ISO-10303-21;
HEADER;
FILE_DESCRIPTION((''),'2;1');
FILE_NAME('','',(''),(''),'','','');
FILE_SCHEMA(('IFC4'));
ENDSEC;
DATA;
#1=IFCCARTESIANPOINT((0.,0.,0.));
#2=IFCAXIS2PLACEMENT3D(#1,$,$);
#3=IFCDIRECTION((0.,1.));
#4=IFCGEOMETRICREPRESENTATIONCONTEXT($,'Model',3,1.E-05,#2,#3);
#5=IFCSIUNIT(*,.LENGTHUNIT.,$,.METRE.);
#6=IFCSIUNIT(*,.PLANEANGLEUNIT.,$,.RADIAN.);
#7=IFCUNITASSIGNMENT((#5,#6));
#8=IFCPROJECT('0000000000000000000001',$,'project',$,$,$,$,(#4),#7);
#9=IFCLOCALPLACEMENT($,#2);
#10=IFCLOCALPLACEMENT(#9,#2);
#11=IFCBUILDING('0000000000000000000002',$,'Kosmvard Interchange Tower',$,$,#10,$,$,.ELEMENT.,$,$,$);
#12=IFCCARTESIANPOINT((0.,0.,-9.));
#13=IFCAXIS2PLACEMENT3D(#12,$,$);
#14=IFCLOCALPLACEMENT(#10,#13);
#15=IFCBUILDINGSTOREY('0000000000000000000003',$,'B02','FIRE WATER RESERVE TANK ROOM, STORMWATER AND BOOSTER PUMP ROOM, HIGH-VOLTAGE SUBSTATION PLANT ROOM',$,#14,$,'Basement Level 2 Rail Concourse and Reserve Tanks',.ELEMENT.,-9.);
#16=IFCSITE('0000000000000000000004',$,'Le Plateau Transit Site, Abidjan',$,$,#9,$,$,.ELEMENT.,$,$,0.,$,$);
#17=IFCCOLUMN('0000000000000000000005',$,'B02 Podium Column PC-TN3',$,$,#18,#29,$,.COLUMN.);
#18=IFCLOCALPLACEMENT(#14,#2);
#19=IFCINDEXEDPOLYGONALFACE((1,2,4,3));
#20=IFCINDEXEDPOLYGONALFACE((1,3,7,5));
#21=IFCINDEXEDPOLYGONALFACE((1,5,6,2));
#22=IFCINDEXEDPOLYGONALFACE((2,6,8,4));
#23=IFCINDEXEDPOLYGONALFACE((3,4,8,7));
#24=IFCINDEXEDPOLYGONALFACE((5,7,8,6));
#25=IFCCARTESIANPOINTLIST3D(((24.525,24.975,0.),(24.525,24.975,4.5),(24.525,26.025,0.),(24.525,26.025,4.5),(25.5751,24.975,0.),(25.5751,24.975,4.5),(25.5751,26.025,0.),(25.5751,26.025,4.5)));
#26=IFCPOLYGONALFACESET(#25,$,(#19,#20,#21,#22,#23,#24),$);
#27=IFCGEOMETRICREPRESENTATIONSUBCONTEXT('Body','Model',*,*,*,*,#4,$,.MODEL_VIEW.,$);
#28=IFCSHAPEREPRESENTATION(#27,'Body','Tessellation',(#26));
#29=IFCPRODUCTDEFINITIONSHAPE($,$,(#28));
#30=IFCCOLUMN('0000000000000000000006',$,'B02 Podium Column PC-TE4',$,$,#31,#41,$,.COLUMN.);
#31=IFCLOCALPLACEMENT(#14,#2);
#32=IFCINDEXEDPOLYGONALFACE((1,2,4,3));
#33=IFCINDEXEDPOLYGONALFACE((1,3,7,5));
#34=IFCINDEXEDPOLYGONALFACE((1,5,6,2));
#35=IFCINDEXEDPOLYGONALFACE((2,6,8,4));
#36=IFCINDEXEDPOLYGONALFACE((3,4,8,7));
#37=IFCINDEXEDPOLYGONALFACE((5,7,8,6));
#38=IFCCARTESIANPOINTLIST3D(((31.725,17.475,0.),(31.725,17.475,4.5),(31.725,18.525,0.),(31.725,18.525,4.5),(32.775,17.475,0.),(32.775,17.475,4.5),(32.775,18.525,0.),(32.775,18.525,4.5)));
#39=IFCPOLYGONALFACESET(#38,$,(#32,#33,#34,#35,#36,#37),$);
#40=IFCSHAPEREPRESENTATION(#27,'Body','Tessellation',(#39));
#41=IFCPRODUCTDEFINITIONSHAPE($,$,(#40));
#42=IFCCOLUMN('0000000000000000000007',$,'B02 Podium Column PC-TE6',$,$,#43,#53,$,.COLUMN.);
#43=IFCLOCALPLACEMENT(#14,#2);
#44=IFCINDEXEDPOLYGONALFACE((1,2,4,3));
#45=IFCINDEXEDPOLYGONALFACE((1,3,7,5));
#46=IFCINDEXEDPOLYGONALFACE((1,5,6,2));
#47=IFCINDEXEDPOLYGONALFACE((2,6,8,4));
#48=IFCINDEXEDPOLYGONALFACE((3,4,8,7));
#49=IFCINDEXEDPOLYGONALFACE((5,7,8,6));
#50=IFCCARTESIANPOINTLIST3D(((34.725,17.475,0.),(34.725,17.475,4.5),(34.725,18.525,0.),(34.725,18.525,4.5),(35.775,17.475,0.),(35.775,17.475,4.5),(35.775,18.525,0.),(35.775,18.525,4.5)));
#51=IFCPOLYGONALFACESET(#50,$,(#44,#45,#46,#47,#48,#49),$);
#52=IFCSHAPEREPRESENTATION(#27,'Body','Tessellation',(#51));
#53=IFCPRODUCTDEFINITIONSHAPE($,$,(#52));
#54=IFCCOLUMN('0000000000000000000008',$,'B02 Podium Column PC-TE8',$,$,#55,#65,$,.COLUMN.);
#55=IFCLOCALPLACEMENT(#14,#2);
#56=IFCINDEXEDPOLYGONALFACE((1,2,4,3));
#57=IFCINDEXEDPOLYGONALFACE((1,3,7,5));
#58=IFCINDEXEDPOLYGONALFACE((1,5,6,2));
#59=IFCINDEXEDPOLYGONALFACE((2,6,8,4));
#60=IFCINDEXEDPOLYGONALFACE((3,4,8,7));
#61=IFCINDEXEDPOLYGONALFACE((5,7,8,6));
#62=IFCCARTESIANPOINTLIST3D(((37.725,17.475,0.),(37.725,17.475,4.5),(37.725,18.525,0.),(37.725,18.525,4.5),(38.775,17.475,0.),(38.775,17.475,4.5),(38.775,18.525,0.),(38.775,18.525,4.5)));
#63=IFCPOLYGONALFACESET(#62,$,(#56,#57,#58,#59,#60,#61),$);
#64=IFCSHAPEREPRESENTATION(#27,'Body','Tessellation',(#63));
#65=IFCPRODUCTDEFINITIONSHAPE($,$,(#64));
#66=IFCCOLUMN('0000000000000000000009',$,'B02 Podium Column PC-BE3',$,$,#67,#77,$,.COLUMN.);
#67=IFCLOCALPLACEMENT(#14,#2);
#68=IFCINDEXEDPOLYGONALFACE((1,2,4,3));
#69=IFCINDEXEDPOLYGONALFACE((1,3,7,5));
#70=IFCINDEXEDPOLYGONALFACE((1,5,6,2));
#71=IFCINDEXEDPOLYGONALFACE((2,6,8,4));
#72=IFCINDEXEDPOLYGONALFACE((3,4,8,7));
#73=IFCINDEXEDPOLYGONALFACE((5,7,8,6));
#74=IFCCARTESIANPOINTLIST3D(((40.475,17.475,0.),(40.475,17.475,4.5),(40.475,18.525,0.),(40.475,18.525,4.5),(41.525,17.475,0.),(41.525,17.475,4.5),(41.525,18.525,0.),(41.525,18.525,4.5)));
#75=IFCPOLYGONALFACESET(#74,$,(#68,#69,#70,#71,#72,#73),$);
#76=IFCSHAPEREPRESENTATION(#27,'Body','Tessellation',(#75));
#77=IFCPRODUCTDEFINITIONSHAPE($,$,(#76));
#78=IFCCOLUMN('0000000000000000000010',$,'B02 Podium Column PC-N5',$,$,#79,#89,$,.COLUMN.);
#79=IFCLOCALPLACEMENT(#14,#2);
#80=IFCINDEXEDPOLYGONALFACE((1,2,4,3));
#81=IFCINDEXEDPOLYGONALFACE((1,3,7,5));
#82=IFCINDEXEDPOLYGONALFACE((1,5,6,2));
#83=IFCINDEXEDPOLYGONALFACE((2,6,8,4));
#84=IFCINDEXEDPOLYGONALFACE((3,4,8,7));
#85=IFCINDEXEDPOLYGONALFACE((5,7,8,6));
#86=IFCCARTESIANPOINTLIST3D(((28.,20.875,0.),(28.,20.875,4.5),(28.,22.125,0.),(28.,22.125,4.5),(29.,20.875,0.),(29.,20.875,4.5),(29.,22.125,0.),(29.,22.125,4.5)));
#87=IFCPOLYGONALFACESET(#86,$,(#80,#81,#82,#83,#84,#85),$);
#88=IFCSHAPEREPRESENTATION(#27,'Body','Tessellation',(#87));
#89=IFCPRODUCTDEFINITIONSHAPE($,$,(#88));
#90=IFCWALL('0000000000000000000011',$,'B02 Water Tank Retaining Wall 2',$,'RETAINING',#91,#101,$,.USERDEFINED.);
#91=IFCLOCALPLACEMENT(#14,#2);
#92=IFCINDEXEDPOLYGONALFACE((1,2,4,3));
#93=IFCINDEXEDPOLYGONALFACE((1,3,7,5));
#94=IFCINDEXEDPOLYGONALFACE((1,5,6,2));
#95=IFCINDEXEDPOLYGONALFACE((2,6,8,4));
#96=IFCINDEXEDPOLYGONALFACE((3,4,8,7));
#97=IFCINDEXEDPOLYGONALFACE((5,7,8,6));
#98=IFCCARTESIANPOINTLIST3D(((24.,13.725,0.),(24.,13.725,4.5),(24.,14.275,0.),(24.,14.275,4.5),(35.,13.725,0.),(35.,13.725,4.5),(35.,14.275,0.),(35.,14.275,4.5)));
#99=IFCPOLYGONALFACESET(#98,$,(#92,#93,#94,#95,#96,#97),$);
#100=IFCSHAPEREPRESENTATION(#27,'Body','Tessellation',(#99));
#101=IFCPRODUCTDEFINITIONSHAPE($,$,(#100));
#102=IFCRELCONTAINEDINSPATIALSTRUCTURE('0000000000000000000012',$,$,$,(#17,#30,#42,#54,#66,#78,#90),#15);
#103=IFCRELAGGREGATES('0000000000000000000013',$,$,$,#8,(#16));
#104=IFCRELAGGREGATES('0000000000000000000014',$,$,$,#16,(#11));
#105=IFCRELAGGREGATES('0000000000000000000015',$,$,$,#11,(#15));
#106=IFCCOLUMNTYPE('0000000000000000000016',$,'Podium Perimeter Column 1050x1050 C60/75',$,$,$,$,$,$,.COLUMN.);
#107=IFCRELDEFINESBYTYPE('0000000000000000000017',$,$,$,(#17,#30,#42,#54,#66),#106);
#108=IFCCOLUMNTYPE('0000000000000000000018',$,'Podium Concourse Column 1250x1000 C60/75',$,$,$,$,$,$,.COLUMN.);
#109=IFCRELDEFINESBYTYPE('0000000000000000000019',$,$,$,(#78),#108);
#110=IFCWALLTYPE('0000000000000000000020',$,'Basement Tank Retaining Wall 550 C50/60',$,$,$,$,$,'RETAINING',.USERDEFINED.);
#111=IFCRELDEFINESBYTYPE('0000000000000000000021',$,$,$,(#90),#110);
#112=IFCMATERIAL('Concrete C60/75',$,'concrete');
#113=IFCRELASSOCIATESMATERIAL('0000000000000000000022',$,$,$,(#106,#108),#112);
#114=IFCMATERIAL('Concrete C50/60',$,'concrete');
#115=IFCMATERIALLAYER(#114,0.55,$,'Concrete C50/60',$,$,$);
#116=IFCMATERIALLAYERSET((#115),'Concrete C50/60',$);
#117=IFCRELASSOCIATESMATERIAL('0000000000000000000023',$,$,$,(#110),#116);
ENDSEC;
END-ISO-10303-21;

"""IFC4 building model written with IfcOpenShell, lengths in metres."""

from ifc_helpers import new_model, si_unit, direction, frame, frame_2d, origin, origin_2d, place, context, subcontext, project, spatial, rectangle, extrude, source, transform, mapped, material, layer, layer_set, material_profile, profile_set, type_object, element, save


model = new_model("IFC4")

# Units and contexts
model_context = context("Model", 3, precision=1e-05, world=origin(), true_north=direction((0.0, 1.0)))
body_context = subcontext(model_context, "Body", "Model", "MODEL_VIEW")
ifc_project = project(units=[si_unit("LENGTHUNIT", "METRE"), si_unit("PLANEANGLEUNIT", "RADIAN")], contexts=[model_context])

# Site, building, storey
site_placement = place(None, origin())
site = spatial("IfcSite", under=ifc_project, at=site_placement, Name="Le Plateau Transit Site, Abidjan", CompositionType="ELEMENT", RefElevation=0.0)
building_placement = place(site_placement, origin())
building = spatial("IfcBuilding", under=site, at=building_placement, Name="Kosmvard Interchange Tower", CompositionType="ELEMENT")
storey_placement = place(building_placement, frame((0.0, 0.0, -9.0)))
storey = spatial("IfcBuildingStorey", under=building, at=storey_placement, Name="B02", Description="FIRE WATER RESERVE TANK ROOM, STORMWATER AND BOOSTER PUMP ROOM, HIGH-VOLTAGE SUBSTATION PLANT ROOM", LongName="Basement Level 2 Rail Concourse and Reserve Tanks", CompositionType="ELEMENT", Elevation=-9.0)

# Shared definitions
ifc_material_1 = material(Name="Concrete C50/60", Category="concrete")

# Columns
ifc_material_2 = material(Name="Concrete C60/75", Category="concrete")
ifc_material_profile_1 = material_profile(ifc_material_2, rectangle(XDim=1.05, YDim=1.05, at=origin_2d()), Name="PC 1050x1050")
ifc_profile_set_1 = profile_set([ifc_material_profile_1], Name="Concrete C60/75")
column_type_1 = type_object("IfcColumnType", Name="Podium Perimeter Column 1050x1050 C60/75", PredefinedType="COLUMN", material=ifc_profile_set_1)
shared_shape_1 = source(origin(), body_context, "Body", "SweptSolid", [
    extrude(rectangle(XDim=1.05, YDim=1.05, at=origin_2d()), origin(), (0.0, 0.0, 1.0), 4.5),
])
for number, where, z_axis, x_axis, name in (
    (1, (25.05, 25.5, 0.0), (0.0, 0.0, 1.0), (1.0, 0.0, 0.0), "B02 Podium Column PC-TN3"),
    (2, (32.25, 18.0, 0.0), (0.0, 0.0, 1.0), (1.0, 0.0, 0.0), "B02 Podium Column PC-TE4"),
    (3, (35.25, 18.0, 0.0), (0.0, 0.0, 1.0), (1.0, 0.0, 0.0), "B02 Podium Column PC-TE6"),
    (4, (38.25, 18.0, 0.0), (0.0, 0.0, 1.0), (1.0, 0.0, 0.0), "B02 Podium Column PC-TE8"),
    (5, (41.0, 18.0, 0.0), (0.0, 0.0, 1.0), (1.0, 0.0, 0.0), "B02 Podium Column PC-BE3"),
):
    element("IfcColumn", number, at=place(storey_placement, frame(where, z_axis=z_axis, x_axis=x_axis)), inside=storey, type_object=column_type_1, Name=name, PredefinedType="COLUMN", context=body_context, shape_type="MappedRepresentation", body=[
        mapped(shared_shape_1, transform((0.0, 0.0, 0.0), scale=1.0)),
    ])
ifc_material_profile_2 = material_profile(ifc_material_2, rectangle(XDim=1.0, YDim=1.25, at=origin_2d()), Name="PC 1250x1000")
ifc_profile_set_2 = profile_set([ifc_material_profile_2], Name="Concrete C60/75")
column_type_2 = type_object("IfcColumnType", Name="Podium Concourse Column 1250x1000 C60/75", PredefinedType="COLUMN", material=ifc_profile_set_2)
shared_shape_2 = source(origin(), body_context, "Body", "SweptSolid", [
    extrude(rectangle(XDim=1.0, YDim=1.25, at=origin_2d()), origin(), (0.0, 0.0, 1.0), 4.5),
])
column_placement = place(storey_placement, frame((28.5, 21.5, 0.0), z_axis=(0.0, 0.0, 1.0), x_axis=(1.0, 0.0, 0.0)))
element("IfcColumn", 6, at=column_placement, inside=storey, type_object=column_type_2, Name="B02 Podium Column PC-N5", PredefinedType="COLUMN", context=body_context, shape_type="MappedRepresentation", body=[
    mapped(shared_shape_2, transform((0.0, 0.0, 0.0), scale=1.0)),
])

# Wall
ifc_layer = layer(ifc_material_1, 0.55, Name="Concrete C50/60")
ifc_layer_set = layer_set([ifc_layer], Name="Concrete C50/60")
wall_type = type_object("IfcWallType", Name="Basement Tank Retaining Wall 550 C50/60", ElementType="RETAINING", PredefinedType="USERDEFINED", material=ifc_layer_set)
wall_placement = place(storey_placement, frame((24.0, 14.0, 0.0), z_axis=(0.0, 0.0, 1.0), x_axis=(1.0, 0.0, 0.0)))
element("IfcWall", 7, at=wall_placement, inside=storey, type_object=wall_type, Name="B02 Water Tank Retaining Wall 2", ObjectType="RETAINING", PredefinedType="USERDEFINED", context=body_context, shape_type="SweptSolid", body=[
    extrude(rectangle(XDim=11.0, YDim=0.55, at=frame_2d((5.5, 0.0))), origin(), (0.0, 0.0, 1.0), 4.5),
])

save(model, "model.ifc")
